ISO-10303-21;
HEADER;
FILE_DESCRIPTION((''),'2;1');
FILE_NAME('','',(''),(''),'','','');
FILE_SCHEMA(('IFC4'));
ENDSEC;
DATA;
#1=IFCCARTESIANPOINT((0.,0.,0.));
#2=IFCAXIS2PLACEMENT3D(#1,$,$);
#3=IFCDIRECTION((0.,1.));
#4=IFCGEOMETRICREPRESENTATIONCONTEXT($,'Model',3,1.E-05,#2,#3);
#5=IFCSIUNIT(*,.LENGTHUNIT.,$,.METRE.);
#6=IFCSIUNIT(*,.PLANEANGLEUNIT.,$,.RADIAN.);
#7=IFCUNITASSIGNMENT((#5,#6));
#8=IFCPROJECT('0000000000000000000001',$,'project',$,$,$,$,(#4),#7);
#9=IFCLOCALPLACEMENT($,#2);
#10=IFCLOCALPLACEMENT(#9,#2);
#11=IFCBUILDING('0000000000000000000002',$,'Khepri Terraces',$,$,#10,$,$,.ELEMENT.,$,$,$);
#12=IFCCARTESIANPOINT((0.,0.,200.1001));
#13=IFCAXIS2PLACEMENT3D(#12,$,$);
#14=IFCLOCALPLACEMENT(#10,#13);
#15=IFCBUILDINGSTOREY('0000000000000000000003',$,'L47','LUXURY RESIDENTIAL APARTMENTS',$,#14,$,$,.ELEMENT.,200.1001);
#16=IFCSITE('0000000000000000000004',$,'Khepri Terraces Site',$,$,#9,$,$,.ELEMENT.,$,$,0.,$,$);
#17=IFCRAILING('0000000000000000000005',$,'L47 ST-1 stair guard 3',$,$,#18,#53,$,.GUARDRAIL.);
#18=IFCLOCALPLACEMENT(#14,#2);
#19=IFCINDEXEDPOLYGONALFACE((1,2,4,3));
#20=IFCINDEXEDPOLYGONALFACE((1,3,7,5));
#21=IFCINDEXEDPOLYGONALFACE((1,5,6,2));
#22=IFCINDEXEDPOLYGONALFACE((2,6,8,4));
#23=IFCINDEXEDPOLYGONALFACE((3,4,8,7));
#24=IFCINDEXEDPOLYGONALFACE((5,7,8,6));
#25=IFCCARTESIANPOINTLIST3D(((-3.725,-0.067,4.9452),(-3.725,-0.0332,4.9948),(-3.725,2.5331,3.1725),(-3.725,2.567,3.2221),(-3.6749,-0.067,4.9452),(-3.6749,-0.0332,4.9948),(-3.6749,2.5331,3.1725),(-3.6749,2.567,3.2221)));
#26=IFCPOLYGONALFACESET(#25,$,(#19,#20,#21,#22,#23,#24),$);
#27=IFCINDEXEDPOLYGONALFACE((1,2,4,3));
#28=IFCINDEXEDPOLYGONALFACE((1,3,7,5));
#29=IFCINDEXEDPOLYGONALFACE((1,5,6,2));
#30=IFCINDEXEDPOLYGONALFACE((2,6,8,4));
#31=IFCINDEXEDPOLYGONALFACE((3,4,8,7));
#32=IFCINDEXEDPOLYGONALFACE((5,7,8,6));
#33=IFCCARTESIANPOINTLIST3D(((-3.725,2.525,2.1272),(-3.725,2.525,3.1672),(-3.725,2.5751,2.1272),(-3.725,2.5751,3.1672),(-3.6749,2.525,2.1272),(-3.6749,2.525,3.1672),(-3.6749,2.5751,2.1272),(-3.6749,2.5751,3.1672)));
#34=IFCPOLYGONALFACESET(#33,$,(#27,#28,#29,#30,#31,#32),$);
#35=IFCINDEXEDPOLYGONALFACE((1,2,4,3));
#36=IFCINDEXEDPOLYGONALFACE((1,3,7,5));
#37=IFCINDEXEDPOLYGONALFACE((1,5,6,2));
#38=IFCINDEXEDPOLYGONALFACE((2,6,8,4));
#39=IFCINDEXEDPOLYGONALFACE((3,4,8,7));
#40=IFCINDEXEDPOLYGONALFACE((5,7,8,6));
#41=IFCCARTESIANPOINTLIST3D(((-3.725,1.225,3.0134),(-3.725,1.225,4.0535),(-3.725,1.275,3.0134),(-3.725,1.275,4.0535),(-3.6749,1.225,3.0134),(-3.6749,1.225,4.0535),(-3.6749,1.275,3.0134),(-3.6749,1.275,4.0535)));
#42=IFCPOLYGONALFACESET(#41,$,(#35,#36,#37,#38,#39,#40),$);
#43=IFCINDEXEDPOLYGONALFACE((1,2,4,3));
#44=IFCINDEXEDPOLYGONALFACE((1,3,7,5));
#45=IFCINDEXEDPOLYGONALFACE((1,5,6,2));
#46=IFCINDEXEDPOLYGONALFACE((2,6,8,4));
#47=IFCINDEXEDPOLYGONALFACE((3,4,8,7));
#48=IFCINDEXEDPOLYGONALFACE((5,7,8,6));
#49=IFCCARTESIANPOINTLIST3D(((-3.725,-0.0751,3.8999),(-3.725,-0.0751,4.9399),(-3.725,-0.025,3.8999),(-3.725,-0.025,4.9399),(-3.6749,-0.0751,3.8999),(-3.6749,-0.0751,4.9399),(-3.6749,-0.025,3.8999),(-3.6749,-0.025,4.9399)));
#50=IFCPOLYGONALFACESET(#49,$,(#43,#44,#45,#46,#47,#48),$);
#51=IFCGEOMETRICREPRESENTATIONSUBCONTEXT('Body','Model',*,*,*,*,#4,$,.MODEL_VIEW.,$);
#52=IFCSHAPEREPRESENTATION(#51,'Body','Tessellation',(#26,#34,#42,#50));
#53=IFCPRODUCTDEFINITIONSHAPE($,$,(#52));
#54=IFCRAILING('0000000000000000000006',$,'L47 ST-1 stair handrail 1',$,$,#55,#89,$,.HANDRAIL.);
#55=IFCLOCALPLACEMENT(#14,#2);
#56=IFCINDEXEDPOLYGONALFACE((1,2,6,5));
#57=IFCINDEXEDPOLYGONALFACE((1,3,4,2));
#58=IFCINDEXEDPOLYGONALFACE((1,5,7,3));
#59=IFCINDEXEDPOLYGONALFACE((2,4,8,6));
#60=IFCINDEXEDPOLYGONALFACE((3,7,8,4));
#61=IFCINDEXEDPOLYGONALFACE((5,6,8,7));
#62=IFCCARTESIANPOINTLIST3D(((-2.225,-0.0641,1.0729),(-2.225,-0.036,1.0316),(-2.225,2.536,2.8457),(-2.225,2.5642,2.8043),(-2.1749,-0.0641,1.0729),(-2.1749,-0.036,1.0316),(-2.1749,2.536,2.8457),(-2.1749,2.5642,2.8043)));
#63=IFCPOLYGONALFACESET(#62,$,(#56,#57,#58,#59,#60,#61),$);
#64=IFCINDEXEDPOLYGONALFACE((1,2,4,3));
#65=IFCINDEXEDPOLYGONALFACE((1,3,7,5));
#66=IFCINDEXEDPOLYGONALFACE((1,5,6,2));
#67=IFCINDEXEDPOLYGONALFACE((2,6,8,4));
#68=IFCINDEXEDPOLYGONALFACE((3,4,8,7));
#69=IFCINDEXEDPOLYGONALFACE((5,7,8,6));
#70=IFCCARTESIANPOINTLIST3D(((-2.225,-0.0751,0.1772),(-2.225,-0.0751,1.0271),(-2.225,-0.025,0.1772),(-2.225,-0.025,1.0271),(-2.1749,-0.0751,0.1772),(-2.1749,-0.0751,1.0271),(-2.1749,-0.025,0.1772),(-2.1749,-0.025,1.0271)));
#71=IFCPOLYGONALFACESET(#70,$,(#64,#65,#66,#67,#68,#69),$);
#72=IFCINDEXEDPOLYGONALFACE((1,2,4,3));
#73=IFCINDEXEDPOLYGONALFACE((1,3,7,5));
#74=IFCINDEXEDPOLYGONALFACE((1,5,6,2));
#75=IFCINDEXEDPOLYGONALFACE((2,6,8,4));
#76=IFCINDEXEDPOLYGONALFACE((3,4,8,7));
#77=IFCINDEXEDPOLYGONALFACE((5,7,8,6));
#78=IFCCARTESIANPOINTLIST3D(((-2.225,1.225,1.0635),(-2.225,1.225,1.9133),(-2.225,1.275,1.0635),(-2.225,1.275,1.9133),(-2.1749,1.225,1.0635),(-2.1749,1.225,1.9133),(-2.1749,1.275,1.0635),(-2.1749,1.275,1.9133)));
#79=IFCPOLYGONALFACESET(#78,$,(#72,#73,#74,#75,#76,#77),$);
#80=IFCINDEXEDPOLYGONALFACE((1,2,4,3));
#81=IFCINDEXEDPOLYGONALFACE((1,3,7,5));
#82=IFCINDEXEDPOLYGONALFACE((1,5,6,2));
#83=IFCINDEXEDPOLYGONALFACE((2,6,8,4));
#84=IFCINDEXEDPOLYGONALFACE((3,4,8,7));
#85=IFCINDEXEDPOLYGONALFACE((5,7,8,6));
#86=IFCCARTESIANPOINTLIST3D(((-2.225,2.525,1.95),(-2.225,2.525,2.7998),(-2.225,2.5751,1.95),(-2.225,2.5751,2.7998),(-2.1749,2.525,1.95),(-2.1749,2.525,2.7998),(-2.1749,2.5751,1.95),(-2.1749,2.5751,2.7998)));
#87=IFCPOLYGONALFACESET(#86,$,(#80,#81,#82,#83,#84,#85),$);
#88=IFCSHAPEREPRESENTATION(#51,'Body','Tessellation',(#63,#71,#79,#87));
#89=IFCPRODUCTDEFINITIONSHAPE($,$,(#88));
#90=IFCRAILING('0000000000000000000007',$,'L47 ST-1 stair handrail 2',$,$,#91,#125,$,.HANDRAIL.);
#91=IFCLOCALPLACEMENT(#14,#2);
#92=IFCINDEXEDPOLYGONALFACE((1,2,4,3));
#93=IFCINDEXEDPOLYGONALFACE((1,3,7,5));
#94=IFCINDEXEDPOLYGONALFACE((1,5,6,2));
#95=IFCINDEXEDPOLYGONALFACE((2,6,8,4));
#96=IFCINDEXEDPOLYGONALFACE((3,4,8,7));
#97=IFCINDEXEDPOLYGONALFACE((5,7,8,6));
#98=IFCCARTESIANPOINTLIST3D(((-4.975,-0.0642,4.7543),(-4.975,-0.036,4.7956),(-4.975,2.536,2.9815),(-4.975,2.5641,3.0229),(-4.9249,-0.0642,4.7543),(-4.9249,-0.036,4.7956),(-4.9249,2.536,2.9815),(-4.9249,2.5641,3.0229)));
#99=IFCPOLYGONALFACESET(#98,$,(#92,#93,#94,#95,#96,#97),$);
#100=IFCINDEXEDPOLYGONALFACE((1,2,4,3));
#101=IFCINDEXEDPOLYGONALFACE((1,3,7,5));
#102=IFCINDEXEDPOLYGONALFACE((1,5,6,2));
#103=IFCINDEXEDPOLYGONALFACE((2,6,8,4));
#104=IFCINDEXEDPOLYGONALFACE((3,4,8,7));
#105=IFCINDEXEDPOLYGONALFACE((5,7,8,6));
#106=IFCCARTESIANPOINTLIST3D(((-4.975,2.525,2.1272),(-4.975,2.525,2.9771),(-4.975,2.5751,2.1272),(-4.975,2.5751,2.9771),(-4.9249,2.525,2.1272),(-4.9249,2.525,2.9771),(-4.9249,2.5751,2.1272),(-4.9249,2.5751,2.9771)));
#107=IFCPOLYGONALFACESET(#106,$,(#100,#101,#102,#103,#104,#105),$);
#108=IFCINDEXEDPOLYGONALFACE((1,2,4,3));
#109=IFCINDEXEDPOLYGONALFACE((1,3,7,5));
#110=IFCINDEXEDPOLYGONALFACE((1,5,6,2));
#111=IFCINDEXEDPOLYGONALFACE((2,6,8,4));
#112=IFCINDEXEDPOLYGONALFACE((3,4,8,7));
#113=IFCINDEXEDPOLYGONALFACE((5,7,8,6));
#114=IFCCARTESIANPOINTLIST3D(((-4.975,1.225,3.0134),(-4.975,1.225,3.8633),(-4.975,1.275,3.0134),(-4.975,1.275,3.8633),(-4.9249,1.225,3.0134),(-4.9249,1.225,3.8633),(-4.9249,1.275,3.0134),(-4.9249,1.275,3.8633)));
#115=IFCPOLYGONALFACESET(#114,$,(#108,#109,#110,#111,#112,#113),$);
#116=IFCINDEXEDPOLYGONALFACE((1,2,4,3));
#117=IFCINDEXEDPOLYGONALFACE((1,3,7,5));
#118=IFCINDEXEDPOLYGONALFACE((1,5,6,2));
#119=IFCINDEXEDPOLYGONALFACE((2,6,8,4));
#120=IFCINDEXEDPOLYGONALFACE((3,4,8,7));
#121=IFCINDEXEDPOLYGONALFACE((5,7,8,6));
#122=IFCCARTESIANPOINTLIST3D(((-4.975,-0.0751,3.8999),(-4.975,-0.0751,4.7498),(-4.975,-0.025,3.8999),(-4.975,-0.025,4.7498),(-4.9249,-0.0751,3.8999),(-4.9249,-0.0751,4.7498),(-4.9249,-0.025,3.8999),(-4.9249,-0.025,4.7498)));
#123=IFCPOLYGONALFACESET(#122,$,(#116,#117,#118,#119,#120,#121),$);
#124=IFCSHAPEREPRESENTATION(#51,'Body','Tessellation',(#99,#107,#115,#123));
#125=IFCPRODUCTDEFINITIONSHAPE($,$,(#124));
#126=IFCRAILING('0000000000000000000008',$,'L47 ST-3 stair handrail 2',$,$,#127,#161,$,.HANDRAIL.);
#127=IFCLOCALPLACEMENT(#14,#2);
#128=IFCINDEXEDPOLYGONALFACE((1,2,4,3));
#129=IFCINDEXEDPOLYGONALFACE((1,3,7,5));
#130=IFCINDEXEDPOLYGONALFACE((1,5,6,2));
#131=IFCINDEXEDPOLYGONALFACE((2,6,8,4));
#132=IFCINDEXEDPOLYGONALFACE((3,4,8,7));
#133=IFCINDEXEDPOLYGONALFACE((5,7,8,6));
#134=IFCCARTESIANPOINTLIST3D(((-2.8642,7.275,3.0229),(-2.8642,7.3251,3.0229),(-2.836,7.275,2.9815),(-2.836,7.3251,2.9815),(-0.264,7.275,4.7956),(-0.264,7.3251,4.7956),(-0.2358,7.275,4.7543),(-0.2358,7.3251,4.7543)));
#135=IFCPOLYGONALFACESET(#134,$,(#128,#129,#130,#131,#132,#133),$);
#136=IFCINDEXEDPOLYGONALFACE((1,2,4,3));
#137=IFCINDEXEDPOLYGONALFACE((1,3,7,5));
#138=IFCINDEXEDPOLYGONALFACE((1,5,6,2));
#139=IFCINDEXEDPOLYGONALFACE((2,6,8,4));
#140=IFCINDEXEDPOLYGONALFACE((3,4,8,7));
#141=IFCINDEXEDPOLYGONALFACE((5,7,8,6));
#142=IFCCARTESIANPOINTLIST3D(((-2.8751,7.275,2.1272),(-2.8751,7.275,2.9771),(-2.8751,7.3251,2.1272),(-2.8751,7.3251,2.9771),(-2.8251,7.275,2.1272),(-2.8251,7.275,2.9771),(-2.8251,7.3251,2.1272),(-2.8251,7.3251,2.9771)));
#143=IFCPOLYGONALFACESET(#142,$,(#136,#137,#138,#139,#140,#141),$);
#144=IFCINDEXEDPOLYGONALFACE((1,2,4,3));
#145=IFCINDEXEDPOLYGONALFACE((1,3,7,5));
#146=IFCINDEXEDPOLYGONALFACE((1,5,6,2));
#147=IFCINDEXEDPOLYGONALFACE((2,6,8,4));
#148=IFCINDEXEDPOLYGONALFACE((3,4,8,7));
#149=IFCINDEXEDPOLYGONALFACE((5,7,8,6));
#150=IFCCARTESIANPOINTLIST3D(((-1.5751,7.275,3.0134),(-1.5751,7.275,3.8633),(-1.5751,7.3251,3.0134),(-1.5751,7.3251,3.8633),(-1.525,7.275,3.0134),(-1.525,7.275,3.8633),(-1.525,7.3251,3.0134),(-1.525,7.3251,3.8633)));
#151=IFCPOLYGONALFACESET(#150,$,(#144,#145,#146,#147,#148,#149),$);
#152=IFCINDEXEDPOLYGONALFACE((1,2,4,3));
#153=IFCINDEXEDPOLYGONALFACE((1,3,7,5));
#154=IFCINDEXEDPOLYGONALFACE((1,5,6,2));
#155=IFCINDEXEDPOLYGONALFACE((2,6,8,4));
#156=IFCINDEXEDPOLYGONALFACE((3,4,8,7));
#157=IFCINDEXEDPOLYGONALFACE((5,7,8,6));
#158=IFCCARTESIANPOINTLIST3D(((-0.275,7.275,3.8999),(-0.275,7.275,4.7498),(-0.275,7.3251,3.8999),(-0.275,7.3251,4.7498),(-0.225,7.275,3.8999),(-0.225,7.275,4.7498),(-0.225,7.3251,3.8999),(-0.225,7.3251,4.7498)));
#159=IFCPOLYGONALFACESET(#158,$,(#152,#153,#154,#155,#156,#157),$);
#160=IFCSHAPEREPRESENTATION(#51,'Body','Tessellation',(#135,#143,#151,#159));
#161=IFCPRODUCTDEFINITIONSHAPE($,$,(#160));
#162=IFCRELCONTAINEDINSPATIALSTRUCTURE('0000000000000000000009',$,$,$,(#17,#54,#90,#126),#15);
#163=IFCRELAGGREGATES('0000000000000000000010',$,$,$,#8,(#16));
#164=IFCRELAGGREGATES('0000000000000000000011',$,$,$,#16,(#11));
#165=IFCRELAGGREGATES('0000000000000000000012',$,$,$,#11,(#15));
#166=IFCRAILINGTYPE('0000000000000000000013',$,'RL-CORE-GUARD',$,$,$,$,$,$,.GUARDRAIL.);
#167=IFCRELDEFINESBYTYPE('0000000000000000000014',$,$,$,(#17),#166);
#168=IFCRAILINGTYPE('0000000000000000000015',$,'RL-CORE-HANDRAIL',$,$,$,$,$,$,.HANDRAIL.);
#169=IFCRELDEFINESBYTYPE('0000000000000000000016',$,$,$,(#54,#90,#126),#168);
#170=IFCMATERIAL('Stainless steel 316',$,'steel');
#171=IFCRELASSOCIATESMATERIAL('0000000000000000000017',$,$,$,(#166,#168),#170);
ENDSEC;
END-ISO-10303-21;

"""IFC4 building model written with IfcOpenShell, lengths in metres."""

from ifc_helpers import new_model, si_unit, direction, frame, origin, origin_2d, place, context, subcontext, project, spatial, rectangle, extrude, material, type_object, element, save


model = new_model("IFC4")

# Units and contexts
model_context = context("Model", 3, precision=1e-05, world=origin(), true_north=direction((0.0, 1.0)))
body_context = subcontext(model_context, "Body", "Model", "MODEL_VIEW")
ifc_project = project(units=[si_unit("LENGTHUNIT", "METRE"), si_unit("PLANEANGLEUNIT", "RADIAN")], contexts=[model_context])

# Site, building, storey
site_placement = place(None, origin())
site = spatial("IfcSite", under=ifc_project, at=site_placement, Name="Khepri Terraces Site", CompositionType="ELEMENT", RefElevation=0.0)
building_placement = place(site_placement, origin())
building = spatial("IfcBuilding", under=site, at=building_placement, Name="Khepri Terraces", CompositionType="ELEMENT")
storey_placement = place(building_placement, frame((0.0, 0.0, 200.1001)))
storey = spatial("IfcBuildingStorey", under=building, at=storey_placement, Name="L47", Description="LUXURY RESIDENTIAL APARTMENTS", CompositionType="ELEMENT", Elevation=200.1001)

# Railings
ifc_material_1 = material(Name="Stainless steel 316", Category="steel")
railing_type_1 = type_object("IfcRailingType", Name="RL-CORE-GUARD", PredefinedType="GUARDRAIL", material=ifc_material_1)
railing_1_placement = place(storey_placement, frame((-3.7, 2.55, 2.1272)))
element("IfcRailing", 1, at=railing_1_placement, inside=storey, type_object=railing_type_1, Name="L47 ST-1 stair guard 3", PredefinedType="GUARDRAIL", context=body_context, shape_type="SweptSolid", body=[
    extrude(rectangle(XDim=0.05, YDim=0.0601, at=origin_2d()), frame((0.0, 0.0, 1.0701), z_axis=(0.0, -0.82624, 0.563318), x_axis=(1.0, 0.0, 0.0)), (0.0, 0.0, 1.0), 3.147),
    extrude(rectangle(XDim=0.05, YDim=0.05, at=origin_2d()), origin(), (0.0, 0.0, 1.0), 1.04),
    extrude(rectangle(XDim=0.05, YDim=0.05, at=origin_2d()), frame((0.0, -1.3, 0.8862)), (0.0, 0.0, 1.0), 1.04),
    extrude(rectangle(XDim=0.05, YDim=0.05, at=origin_2d()), frame((0.0, -2.6001, 1.7727)), (0.0, 0.0, 1.0), 1.04),
])
railing_type_2 = type_object("IfcRailingType", Name="RL-CORE-HANDRAIL", PredefinedType="HANDRAIL", material=ifc_material_1)
railing_2_placement = place(storey_placement, frame((-2.2, -0.05, 0.1772)))
element("IfcRailing", 2, at=railing_2_placement, inside=storey, type_object=railing_type_2, Name="L47 ST-1 stair handrail 1", PredefinedType="HANDRAIL", context=body_context, shape_type="SweptSolid", body=[
    extrude(rectangle(XDim=0.05, YDim=0.05, at=origin_2d()), frame((0.0, 0.0, 0.875), z_axis=(0.0, 0.82624, 0.563318), x_axis=(-1.0, 0.0, 0.0)), (0.0, 0.0, 1.0), 3.147),
    extrude(rectangle(XDim=0.05, YDim=0.05, at=origin_2d()), origin(), (0.0, 0.0, 1.0), 0.8499),
    extrude(rectangle(XDim=0.05, YDim=0.05, at=origin_2d()), frame((0.0, 1.3, 0.8862)), (0.0, 0.0, 1.0), 0.8499),
    extrude(rectangle(XDim=0.05, YDim=0.05, at=origin_2d()), frame((0.0, 2.6001, 1.7727)), (0.0, 0.0, 1.0), 0.8499),
])
railing_3_placement = place(storey_placement, frame((-4.95, 2.55, 2.1272)))
element("IfcRailing", 3, at=railing_3_placement, inside=storey, type_object=railing_type_2, Name="L47 ST-1 stair handrail 2", PredefinedType="HANDRAIL", context=body_context, shape_type="SweptSolid", body=[
    extrude(rectangle(XDim=0.05, YDim=0.05, at=origin_2d()), frame((0.0, 0.0, 0.875), z_axis=(0.0, -0.82624, 0.563318), x_axis=(1.0, 0.0, 0.0)), (0.0, 0.0, 1.0), 3.147),
    extrude(rectangle(XDim=0.05, YDim=0.05, at=origin_2d()), origin(), (0.0, 0.0, 1.0), 0.8499),
    extrude(rectangle(XDim=0.05, YDim=0.05, at=origin_2d()), frame((0.0, -1.3, 0.8862)), (0.0, 0.0, 1.0), 0.8499),
    extrude(rectangle(XDim=0.05, YDim=0.05, at=origin_2d()), frame((0.0, -2.6001, 1.7727)), (0.0, 0.0, 1.0), 0.8499),
])
railing_4_placement = place(storey_placement, frame((-2.8501, 7.3, 2.1272)))
element("IfcRailing", 4, at=railing_4_placement, inside=storey, type_object=railing_type_2, Name="L47 ST-3 stair handrail 2", PredefinedType="HANDRAIL", context=body_context, shape_type="SweptSolid", body=[
    extrude(rectangle(XDim=0.05, YDim=0.05, at=origin_2d()), frame((0.0, 0.0, 0.875), z_axis=(0.82624, 0.0, 0.563318), x_axis=(0.0, 1.0, 0.0)), (0.0, 0.0, 1.0), 3.147),
    extrude(rectangle(XDim=0.05, YDim=0.05, at=origin_2d()), origin(), (0.0, 0.0, 1.0), 0.8499),
    extrude(rectangle(XDim=0.05, YDim=0.05, at=origin_2d()), frame((1.3, 0.0, 0.8862)), (0.0, 0.0, 1.0), 0.8499),
    extrude(rectangle(XDim=0.05, YDim=0.05, at=origin_2d()), frame((2.6001, 0.0, 1.7727)), (0.0, 0.0, 1.0), 0.8499),
])

save(model, "model.ifc")
